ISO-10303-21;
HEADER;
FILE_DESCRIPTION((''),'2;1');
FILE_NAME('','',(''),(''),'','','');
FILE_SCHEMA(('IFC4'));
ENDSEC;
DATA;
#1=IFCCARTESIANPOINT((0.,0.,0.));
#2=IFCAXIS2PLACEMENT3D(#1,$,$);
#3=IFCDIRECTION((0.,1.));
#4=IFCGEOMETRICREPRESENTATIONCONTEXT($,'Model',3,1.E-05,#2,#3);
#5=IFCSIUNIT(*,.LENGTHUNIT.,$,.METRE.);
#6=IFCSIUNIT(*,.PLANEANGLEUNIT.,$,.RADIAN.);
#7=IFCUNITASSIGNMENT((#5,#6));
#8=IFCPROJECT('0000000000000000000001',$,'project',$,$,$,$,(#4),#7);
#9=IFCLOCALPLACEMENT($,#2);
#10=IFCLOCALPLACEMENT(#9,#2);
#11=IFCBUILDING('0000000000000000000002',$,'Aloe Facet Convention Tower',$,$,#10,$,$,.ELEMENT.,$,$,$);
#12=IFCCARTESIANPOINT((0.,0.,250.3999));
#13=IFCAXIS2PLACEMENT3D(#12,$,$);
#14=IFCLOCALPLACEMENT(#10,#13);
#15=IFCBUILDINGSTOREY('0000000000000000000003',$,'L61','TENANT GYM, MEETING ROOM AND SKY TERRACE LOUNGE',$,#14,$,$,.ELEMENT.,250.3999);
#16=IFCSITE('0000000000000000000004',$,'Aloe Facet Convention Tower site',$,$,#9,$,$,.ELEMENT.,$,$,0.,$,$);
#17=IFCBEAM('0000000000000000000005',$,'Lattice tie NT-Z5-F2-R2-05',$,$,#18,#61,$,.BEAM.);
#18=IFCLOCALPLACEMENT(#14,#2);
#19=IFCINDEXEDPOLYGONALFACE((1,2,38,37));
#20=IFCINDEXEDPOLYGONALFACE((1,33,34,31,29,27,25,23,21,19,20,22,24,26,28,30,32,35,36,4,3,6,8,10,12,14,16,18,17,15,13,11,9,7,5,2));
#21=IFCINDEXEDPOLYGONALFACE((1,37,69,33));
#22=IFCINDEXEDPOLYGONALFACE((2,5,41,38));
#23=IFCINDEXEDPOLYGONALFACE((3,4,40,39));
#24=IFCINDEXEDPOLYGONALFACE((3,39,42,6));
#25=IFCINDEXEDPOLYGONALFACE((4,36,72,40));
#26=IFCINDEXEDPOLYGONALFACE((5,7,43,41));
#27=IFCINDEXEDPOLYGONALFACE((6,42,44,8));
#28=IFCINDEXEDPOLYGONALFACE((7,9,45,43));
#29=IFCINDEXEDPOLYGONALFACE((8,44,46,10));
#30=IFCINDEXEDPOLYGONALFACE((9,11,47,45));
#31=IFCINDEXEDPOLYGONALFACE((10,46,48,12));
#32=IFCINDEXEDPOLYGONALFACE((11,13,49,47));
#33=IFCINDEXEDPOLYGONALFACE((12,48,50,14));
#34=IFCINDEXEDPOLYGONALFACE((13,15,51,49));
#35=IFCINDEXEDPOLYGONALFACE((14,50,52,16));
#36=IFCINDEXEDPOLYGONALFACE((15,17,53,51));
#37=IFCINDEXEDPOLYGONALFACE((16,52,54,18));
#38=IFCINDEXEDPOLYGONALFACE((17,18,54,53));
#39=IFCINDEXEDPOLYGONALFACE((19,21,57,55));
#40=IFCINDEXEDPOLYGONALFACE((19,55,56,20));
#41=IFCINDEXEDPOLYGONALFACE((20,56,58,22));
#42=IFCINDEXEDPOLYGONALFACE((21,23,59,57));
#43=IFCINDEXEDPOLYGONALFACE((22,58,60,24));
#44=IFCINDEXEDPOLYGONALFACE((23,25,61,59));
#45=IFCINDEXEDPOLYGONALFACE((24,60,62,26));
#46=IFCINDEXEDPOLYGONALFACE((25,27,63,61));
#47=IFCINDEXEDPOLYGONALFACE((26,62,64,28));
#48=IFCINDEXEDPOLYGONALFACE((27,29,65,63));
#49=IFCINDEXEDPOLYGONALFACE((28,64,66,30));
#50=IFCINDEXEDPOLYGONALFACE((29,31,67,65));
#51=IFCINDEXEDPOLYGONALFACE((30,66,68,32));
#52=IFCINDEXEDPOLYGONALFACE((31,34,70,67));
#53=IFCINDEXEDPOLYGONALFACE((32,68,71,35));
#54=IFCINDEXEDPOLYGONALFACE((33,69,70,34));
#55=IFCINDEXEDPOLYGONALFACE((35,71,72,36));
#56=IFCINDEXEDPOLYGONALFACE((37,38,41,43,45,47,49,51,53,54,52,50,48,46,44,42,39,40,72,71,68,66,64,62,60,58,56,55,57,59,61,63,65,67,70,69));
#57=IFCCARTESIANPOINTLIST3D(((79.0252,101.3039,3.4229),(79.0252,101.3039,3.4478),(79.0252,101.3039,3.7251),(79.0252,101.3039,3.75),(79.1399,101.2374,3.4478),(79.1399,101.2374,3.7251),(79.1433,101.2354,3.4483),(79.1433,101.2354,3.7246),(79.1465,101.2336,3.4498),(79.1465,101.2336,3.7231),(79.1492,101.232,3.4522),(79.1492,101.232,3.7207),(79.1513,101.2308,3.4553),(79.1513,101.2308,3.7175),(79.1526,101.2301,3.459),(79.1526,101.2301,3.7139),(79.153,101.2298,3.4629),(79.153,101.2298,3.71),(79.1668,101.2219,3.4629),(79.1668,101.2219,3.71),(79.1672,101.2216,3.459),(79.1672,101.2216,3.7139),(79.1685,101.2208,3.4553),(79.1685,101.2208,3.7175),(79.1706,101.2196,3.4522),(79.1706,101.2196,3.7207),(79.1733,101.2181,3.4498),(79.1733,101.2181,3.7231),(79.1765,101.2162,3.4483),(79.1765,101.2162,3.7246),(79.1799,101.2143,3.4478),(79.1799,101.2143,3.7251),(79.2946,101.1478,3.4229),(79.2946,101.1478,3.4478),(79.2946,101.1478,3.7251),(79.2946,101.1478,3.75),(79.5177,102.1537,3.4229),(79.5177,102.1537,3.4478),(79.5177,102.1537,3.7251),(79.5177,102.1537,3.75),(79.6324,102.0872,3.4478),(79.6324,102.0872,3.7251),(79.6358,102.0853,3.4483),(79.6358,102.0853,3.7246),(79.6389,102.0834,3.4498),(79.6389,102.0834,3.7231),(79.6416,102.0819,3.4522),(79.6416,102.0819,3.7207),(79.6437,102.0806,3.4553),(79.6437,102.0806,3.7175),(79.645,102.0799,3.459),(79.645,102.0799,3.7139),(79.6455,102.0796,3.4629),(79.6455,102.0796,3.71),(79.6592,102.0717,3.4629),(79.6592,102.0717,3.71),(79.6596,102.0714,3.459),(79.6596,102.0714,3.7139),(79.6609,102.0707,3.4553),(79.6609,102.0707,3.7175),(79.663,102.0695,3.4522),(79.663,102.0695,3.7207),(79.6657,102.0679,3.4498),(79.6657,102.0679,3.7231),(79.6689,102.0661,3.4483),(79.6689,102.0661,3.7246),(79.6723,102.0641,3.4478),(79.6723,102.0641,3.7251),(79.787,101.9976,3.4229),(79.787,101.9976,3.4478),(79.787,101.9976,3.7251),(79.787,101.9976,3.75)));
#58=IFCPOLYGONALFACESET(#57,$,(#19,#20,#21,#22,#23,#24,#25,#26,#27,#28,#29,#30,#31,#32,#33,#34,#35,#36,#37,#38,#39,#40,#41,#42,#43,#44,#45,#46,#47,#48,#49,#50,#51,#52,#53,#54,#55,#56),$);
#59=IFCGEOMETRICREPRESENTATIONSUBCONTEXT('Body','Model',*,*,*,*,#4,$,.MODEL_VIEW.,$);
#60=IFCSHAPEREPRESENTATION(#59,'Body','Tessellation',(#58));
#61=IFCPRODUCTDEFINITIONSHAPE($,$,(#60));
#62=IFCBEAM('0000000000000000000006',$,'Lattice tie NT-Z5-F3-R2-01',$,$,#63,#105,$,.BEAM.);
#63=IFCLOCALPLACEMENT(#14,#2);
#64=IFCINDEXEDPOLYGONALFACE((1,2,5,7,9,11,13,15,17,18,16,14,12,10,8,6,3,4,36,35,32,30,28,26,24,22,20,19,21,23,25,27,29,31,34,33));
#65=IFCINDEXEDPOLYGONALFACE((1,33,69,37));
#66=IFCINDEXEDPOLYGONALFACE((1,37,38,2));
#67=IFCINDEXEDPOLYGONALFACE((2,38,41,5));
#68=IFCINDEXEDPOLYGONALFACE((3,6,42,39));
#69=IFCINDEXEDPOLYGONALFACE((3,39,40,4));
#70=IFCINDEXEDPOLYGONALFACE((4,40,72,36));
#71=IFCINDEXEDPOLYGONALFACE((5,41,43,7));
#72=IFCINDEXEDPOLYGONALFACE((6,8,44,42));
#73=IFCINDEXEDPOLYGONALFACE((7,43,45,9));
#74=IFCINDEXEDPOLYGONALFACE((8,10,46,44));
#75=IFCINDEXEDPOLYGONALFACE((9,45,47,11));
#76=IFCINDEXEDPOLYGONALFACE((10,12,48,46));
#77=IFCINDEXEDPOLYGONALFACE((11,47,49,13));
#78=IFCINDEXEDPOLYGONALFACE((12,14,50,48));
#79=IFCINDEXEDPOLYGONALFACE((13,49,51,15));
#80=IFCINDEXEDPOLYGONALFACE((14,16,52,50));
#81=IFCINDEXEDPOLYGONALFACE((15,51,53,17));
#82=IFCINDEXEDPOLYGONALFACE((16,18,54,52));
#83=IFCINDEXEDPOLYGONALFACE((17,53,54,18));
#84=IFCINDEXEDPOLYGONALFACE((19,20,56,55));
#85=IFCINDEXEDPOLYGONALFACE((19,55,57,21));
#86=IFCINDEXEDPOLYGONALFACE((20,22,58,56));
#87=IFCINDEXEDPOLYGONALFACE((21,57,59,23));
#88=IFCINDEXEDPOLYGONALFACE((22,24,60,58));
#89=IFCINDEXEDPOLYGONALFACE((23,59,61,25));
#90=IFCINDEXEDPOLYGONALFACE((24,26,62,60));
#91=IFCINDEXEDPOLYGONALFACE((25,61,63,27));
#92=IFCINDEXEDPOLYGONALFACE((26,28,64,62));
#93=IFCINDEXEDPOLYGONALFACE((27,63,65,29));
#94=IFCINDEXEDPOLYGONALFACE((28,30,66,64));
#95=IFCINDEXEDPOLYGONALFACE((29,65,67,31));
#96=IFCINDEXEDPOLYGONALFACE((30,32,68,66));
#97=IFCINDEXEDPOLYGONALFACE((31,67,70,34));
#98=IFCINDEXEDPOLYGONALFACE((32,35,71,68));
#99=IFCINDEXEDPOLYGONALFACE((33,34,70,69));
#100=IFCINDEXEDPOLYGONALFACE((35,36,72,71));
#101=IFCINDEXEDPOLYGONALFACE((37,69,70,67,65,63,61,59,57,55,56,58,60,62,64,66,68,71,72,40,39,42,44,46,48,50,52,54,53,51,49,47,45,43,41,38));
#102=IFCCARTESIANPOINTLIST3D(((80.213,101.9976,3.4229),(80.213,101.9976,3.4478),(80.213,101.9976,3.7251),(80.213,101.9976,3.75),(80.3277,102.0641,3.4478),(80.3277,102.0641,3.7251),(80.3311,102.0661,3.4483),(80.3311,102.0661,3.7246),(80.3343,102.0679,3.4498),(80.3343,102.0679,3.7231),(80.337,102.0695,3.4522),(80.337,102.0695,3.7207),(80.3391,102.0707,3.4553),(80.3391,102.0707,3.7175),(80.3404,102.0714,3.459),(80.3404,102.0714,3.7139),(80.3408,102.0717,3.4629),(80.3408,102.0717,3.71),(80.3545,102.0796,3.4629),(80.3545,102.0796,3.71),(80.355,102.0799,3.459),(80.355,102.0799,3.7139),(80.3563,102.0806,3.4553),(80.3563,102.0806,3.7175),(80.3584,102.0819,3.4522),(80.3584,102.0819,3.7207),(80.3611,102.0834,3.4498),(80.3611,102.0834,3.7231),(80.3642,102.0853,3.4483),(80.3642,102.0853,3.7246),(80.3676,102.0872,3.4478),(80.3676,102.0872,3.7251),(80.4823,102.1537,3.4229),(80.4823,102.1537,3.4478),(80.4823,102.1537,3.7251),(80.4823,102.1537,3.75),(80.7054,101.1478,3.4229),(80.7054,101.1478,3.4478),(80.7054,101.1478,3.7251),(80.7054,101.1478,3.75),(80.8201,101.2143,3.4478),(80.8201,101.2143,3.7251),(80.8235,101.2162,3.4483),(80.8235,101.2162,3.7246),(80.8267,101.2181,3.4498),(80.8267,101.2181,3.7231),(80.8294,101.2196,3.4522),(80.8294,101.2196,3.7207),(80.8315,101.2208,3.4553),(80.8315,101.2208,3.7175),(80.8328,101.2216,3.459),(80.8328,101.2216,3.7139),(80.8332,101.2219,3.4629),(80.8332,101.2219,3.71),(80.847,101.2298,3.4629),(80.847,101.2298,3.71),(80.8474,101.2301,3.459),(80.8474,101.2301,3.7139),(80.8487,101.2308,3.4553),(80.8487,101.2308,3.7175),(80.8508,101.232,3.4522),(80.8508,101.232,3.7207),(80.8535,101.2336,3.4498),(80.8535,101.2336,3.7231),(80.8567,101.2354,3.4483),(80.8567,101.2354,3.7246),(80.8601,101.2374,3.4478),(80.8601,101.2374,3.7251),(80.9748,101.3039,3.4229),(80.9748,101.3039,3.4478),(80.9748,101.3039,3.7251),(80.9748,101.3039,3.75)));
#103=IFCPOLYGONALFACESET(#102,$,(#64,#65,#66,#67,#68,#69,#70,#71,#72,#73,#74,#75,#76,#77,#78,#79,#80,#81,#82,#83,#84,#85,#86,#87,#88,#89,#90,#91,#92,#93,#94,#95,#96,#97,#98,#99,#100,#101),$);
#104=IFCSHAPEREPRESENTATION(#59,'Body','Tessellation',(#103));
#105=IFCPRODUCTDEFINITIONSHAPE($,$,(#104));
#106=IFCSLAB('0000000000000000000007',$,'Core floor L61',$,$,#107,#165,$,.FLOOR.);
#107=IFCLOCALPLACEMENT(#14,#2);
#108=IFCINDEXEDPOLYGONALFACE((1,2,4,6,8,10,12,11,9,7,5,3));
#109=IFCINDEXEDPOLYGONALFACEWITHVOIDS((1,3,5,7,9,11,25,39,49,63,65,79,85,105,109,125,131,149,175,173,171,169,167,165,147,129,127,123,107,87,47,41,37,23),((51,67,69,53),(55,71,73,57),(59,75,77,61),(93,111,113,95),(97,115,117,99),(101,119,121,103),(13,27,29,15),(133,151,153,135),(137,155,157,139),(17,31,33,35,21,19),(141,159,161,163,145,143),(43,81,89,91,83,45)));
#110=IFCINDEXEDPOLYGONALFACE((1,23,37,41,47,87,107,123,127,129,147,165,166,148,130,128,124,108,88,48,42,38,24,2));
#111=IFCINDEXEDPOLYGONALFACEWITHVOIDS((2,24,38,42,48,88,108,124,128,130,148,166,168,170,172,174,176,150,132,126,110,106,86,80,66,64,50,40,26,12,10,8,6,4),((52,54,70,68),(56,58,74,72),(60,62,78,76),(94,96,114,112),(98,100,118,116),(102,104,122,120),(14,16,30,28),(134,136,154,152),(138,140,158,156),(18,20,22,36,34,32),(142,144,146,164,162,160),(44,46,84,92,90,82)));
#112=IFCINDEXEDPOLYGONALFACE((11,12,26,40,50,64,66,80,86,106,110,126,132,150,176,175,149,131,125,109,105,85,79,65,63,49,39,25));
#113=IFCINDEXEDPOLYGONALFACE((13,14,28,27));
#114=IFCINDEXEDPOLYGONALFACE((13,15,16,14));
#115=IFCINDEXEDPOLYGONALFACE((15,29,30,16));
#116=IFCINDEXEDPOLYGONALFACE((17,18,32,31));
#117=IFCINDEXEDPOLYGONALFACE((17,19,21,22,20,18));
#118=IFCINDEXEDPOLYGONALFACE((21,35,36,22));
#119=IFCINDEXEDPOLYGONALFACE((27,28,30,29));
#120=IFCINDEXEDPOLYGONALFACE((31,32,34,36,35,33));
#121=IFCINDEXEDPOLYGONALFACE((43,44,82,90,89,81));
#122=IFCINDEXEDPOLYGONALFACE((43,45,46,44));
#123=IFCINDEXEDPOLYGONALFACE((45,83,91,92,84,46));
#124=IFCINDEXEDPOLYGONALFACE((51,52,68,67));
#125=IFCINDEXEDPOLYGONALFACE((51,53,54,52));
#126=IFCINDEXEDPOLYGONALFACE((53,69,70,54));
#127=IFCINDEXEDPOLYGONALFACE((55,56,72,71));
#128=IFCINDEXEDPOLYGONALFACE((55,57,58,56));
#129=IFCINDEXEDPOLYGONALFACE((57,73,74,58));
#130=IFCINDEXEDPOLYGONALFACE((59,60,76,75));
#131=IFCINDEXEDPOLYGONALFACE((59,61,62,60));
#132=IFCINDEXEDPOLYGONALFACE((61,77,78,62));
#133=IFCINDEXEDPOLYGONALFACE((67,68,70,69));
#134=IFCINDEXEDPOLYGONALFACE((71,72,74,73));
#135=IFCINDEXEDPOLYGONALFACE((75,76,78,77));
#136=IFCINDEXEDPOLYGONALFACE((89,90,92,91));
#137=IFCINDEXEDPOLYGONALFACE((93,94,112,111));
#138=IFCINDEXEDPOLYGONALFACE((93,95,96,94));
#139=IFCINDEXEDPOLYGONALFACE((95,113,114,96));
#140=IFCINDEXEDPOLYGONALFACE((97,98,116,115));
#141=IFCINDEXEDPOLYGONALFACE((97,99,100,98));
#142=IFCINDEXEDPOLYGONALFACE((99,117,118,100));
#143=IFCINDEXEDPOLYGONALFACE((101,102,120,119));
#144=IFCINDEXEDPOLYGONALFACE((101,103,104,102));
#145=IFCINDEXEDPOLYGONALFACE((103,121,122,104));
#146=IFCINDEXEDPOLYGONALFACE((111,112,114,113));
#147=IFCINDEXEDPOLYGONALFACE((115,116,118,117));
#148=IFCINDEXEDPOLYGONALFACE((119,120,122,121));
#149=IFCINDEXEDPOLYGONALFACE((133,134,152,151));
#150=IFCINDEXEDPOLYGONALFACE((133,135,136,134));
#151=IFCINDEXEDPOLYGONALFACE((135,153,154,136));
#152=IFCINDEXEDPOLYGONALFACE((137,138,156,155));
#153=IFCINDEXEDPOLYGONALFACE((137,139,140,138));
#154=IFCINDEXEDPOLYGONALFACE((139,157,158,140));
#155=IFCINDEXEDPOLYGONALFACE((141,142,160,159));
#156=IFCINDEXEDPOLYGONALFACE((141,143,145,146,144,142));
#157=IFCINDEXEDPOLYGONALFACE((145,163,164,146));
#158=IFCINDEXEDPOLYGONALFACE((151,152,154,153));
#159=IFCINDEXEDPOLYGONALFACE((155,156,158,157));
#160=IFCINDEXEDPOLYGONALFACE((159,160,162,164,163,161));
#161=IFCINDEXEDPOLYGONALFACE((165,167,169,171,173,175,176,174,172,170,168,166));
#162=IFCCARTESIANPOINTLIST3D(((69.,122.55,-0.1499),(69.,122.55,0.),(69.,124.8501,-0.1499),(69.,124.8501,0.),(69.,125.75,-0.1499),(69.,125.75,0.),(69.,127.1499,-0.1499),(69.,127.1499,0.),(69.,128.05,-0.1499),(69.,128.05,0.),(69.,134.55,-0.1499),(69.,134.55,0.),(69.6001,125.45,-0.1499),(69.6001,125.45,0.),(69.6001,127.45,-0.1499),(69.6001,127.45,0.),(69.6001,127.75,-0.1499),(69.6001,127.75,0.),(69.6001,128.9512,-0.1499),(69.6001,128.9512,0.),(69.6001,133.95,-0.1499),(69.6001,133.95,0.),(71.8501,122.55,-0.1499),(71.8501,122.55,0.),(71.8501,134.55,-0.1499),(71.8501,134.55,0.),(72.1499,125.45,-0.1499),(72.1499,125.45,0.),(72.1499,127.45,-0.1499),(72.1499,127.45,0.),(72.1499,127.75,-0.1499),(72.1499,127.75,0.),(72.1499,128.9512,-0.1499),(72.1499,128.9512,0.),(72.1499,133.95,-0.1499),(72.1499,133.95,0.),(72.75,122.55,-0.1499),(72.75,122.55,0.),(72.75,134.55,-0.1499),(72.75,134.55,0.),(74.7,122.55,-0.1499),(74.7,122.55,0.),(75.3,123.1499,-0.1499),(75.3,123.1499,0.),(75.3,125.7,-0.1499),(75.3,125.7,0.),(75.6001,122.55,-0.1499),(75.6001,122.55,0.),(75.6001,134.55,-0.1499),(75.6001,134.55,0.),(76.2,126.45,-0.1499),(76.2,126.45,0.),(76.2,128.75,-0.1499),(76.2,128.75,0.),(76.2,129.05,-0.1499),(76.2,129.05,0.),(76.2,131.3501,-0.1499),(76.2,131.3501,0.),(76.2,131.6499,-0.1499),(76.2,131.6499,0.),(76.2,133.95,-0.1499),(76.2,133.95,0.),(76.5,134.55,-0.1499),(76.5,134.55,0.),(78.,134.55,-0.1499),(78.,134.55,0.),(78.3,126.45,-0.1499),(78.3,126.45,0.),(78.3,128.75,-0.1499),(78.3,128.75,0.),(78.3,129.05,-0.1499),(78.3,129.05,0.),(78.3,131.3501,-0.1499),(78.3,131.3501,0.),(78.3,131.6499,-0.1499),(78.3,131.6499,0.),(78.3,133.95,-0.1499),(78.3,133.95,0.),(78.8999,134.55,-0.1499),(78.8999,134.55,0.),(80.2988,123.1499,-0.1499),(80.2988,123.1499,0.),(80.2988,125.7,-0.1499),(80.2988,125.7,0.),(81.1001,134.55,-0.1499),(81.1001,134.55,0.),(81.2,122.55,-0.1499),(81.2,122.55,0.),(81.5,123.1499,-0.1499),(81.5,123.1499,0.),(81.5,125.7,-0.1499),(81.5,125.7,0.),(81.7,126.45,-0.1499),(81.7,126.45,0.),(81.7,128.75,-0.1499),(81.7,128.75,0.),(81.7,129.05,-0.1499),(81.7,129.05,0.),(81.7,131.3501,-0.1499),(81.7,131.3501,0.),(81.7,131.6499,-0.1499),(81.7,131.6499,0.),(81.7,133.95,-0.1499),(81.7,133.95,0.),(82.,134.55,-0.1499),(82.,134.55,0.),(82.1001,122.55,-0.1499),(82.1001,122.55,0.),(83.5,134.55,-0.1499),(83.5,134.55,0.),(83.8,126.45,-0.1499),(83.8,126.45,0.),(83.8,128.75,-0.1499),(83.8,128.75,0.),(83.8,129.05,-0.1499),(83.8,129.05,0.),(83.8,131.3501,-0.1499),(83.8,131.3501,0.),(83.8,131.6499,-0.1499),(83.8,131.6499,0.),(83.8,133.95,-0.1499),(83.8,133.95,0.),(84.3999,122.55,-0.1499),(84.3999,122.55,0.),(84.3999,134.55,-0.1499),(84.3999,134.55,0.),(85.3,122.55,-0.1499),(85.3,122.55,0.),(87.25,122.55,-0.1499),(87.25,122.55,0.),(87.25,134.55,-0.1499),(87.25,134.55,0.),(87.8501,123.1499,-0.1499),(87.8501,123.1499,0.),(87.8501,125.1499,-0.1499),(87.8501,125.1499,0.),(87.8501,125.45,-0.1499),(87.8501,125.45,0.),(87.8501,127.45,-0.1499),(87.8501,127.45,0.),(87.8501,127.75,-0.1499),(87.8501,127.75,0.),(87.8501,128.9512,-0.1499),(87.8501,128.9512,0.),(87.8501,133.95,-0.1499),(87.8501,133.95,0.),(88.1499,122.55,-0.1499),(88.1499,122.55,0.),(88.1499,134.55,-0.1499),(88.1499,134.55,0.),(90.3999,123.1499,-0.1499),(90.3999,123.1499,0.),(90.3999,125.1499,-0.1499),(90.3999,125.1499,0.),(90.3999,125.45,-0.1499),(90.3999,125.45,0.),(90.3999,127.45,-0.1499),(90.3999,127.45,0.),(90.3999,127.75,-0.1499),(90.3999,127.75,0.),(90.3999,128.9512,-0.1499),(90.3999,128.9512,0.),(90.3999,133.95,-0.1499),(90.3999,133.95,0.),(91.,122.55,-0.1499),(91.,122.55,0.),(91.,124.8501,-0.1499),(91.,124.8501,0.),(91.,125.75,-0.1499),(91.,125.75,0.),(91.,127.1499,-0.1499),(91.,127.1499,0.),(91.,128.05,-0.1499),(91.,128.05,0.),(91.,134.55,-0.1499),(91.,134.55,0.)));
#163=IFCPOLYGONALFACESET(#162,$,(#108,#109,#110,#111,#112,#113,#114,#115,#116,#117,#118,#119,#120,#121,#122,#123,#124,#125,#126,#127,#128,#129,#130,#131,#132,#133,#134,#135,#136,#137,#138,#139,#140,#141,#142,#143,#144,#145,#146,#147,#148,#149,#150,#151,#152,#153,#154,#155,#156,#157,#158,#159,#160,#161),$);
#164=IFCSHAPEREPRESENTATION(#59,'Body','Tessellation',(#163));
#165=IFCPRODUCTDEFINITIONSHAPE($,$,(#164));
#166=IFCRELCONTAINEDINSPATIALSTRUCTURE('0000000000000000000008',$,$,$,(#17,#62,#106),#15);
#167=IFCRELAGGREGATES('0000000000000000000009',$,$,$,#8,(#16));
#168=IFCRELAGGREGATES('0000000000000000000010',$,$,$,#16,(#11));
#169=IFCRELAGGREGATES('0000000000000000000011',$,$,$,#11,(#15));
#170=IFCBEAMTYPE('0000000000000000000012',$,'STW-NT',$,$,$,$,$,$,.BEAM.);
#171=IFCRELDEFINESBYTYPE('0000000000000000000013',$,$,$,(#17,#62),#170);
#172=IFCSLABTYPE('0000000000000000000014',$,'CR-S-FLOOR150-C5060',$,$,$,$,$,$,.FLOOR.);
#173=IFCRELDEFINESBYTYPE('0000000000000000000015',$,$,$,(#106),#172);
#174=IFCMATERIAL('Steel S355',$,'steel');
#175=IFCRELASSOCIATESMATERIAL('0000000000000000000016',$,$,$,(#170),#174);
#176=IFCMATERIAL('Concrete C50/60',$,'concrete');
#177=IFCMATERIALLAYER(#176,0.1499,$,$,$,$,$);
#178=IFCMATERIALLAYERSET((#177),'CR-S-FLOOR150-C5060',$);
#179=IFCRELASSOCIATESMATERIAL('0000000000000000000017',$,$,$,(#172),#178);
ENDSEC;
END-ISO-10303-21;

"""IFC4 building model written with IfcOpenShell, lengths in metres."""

from ifc_helpers import new_model, si_unit, direction, frame, origin, origin_2d, place, context, subcontext, project, spatial, polyline, i_section, outline, extrude, material, layer, layer_set, material_profile, profile_set, type_object, element, save


model = new_model("IFC4")

# Units and contexts
model_context = context("Model", 3, precision=1e-05, world=origin(), true_north=direction((0.0, 1.0)))
body_context = subcontext(model_context, "Body", "Model", "MODEL_VIEW")
ifc_project = project(units=[si_unit("LENGTHUNIT", "METRE"), si_unit("PLANEANGLEUNIT", "RADIAN")], contexts=[model_context])

# Site, building, storey
site_placement = place(None, origin())
site = spatial("IfcSite", under=ifc_project, at=site_placement, Name="Aloe Facet Convention Tower site", CompositionType="ELEMENT", RefElevation=0.0)
building_placement = place(site_placement, origin())
building = spatial("IfcBuilding", under=site, at=building_placement, Name="Aloe Facet Convention Tower", CompositionType="ELEMENT")
storey_placement = place(building_placement, frame((0.0, 0.0, 250.3999)))
storey = spatial("IfcBuildingStorey", under=building, at=storey_placement, Name="L61", Description="TENANT GYM, MEETING ROOM AND SKY TERRACE LOUNGE", CompositionType="ELEMENT", Elevation=250.3999)

# Beams
ifc_material_1 = material(Name="Steel S355", Category="steel")
ifc_material_profile = material_profile(ifc_material_1, i_section(OverallWidth=0.3113, OverallDepth=0.3271, WebThickness=0.0159, FlangeThickness=0.0249, FilletRadius=0.0151, at=origin_2d()), Name="UC 305x305x158")
ifc_profile_set = profile_set([ifc_material_profile], Name="Steel S355")
beam_type = type_object("IfcBeamType", Name="STW-NT", PredefinedType="BEAM", material=ifc_profile_set)
for number, where, z_axis, x_axis, name in (
    (1, (79.1599, 101.2258, 3.5864), (0.50135, 0.865245, 0.0), (-0.865245, 0.50135, 0.0), "Lattice tie NT-Z5-F2-R2-05"),
    (2, (80.8401, 101.2258, 3.5864), (-0.50135, 0.865245, 0.0), (-0.865245, -0.50135, 0.0), "Lattice tie NT-Z5-F3-R2-01"),
):
    element("IfcBeam", number, at=place(storey_placement, frame(where, z_axis=z_axis, x_axis=x_axis)), inside=storey, type_object=beam_type, Name=name, PredefinedType="BEAM", context=body_context, shape_type="SweptSolid", body=[
        extrude(i_section(OverallWidth=0.3113, OverallDepth=0.3271, WebThickness=0.0159, FlangeThickness=0.0249, FilletRadius=0.0151, at=origin_2d()), origin(), (0.0, 0.0, 1.0), 0.9822),
    ])

# Slab
ifc_material_2 = material(Name="Concrete C50/60", Category="concrete")
ifc_layer_1 = layer(ifc_material_2, 0.1499)
ifc_layer_set_1 = layer_set([ifc_layer_1], Name="CR-S-FLOOR150-C5060")
slab_type_1 = type_object("IfcSlabType", Name="CR-S-FLOOR150-C5060", PredefinedType="FLOOR", material=ifc_layer_set_1)
slab_1_placement = place(storey_placement, frame((0.0, 0.0, -0.1499)))
element("IfcSlab", 3, at=slab_1_placement, inside=storey, type_object=slab_type_1, Name="Core floor L61", PredefinedType="FLOOR", context=body_context, shape_type="SweptSolid", body=[
    extrude(outline(polyline([(71.8501, 134.55), (72.75, 134.55), (75.6001, 134.55), (76.5, 134.55), (78.0, 134.55), (78.8999, 134.55), (81.1001, 134.55), (82.0, 134.55), (83.5, 134.55), (84.3999, 134.55), (87.25, 134.55), (88.1499, 134.55), (91.0, 134.55), (91.0, 128.05), (91.0, 127.1499), (91.0, 125.75), (91.0, 124.8501), (91.0, 122.55), (88.1499, 122.55), (87.25, 122.55), (85.3, 122.55), (84.3999, 122.55), (82.1001, 122.55), (81.2, 122.55), (75.6001, 122.55), (74.7, 122.55), (72.75, 122.55), (71.8501, 122.55), (69.0, 122.55), (69.0, 124.8501), (69.0, 125.75), (69.0, 127.1499), (69.0, 128.05), (69.0, 134.55), (71.8501, 134.55)]), holes=[polyline([(80.2988, 123.1499), (81.5, 123.1499), (81.5, 125.7), (80.2988, 125.7), (75.3, 125.7), (75.3, 123.1499), (80.2988, 123.1499)]), polyline([(69.6001, 125.45), (72.1499, 125.45), (72.1499, 127.45), (69.6001, 127.45), (69.6001, 125.45)]), polyline([(76.2, 126.45), (78.3, 126.45), (78.3, 128.75), (76.2, 128.75), (76.2, 126.45)]), polyline([(78.3, 129.05), (78.3, 131.3501), (76.2, 131.3501), (76.2, 129.05), (78.3, 129.05)]), polyline([(69.6001, 133.95), (69.6001, 128.9512), (69.6001, 127.75), (72.1499, 127.75), (72.1499, 128.9512), (72.1499, 133.95), (69.6001, 133.95)]), polyline([(76.2, 131.6499), (78.3, 131.6499), (78.3, 133.95), (76.2, 133.95), (76.2, 131.6499)]), polyline([(90.3999, 123.1499), (90.3999, 125.1499), (87.8501, 125.1499), (87.8501, 123.1499), (90.3999, 123.1499)]), polyline([(87.8501, 125.45), (90.3999, 125.45), (90.3999, 127.45), (87.8501, 127.45), (87.8501, 125.45)]), polyline([(81.7, 126.45), (83.8, 126.45), (83.8, 128.75), (81.7, 128.75), (81.7, 126.45)]), polyline([(83.8, 129.05), (83.8, 131.3501), (81.7, 131.3501), (81.7, 129.05), (83.8, 129.05)]), polyline([(87.8501, 133.95), (87.8501, 128.9512), (87.8501, 127.75), (90.3999, 127.75), (90.3999, 128.9512), (90.3999, 133.95), (87.8501, 133.95)]), polyline([(81.7, 131.6499), (83.8, 131.6499), (83.8, 133.95), (81.7, 133.95), (81.7, 131.6499)])]), origin(), (0.0, 0.0, 1.0), 0.1499),
])

save(model, "model.ifc")
